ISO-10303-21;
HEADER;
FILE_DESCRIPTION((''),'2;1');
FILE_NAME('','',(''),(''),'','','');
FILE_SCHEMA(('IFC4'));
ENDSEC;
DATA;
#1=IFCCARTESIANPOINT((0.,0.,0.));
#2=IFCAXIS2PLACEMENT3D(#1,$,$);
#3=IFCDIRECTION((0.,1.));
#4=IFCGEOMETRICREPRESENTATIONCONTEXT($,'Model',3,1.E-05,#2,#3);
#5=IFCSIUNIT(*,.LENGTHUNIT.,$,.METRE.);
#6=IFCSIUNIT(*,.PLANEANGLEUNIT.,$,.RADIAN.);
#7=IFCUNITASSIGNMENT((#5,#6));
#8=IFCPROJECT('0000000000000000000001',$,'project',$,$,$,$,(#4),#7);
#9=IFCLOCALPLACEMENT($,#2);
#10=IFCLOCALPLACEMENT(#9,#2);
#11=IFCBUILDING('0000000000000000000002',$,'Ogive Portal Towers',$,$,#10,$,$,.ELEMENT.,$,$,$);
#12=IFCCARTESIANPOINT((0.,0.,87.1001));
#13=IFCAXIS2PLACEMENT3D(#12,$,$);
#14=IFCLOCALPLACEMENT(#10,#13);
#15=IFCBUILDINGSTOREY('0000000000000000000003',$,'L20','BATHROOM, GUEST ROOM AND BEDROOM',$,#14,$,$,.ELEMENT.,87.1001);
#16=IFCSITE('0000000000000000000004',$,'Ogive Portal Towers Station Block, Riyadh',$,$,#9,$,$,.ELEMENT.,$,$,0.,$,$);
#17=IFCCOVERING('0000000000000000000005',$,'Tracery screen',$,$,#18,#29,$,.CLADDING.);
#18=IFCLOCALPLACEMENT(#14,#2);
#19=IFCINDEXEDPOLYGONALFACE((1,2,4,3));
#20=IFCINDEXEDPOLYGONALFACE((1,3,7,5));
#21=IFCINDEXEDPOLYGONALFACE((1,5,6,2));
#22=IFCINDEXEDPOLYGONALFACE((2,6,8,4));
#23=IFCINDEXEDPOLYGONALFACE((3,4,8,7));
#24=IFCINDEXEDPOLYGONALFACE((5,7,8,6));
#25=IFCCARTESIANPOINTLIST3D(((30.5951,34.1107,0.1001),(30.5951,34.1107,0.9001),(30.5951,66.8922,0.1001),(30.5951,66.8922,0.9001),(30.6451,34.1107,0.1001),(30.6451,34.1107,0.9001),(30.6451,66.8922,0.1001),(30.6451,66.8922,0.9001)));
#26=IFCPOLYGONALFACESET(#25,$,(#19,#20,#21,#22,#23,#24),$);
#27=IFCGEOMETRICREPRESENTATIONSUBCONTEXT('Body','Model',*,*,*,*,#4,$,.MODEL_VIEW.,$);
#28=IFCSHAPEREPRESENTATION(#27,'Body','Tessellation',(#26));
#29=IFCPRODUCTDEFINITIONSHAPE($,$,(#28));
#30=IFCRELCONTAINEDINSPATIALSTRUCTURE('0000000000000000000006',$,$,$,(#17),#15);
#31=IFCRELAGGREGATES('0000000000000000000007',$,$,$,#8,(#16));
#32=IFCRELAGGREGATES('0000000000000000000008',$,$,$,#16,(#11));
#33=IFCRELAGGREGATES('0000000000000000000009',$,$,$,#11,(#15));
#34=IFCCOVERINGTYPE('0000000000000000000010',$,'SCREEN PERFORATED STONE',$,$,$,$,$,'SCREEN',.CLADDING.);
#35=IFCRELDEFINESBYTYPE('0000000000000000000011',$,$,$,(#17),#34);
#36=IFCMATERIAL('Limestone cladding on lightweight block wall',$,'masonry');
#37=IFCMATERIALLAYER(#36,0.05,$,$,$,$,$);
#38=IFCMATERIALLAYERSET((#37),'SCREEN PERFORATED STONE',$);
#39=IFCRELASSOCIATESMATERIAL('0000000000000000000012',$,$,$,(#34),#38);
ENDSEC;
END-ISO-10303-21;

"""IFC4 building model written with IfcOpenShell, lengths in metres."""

from ifc_helpers import new_model, si_unit, direction, frame, origin, origin_2d, place, context, subcontext, project, spatial, rectangle, extrude, material, layer, layer_set, type_object, element, save


model = new_model("IFC4")

# Units and contexts
model_context = context("Model", 3, precision=1e-05, world=origin(), true_north=direction((0.0, 1.0)))
body_context = subcontext(model_context, "Body", "Model", "MODEL_VIEW")
ifc_project = project(units=[si_unit("LENGTHUNIT", "METRE"), si_unit("PLANEANGLEUNIT", "RADIAN")], contexts=[model_context])

# Site, building, storey
site_placement = place(None, origin())
site = spatial("IfcSite", under=ifc_project, at=site_placement, Name="Ogive Portal Towers Station Block, Riyadh", CompositionType="ELEMENT", RefElevation=0.0)
building_placement = place(site_placement, origin())
building = spatial("IfcBuilding", under=site, at=building_placement, Name="Ogive Portal Towers", CompositionType="ELEMENT")
storey_placement = place(building_placement, frame((0.0, 0.0, 87.1001)))
storey = spatial("IfcBuildingStorey", under=building, at=storey_placement, Name="L20", Description="BATHROOM, GUEST ROOM AND BEDROOM", CompositionType="ELEMENT", Elevation=87.1001)

# Covering
ifc_material_1 = material(Name="Limestone cladding on lightweight block wall", Category="masonry")
ifc_layer_1 = layer(ifc_material_1, 0.05)
ifc_layer_set_1 = layer_set([ifc_layer_1], Name="SCREEN PERFORATED STONE")
covering_type_1 = type_object("IfcCoveringType", Name="SCREEN PERFORATED STONE", ElementType="SCREEN", PredefinedType="CLADDING", material=ifc_layer_set_1)
covering_1_placement = place(storey_placement, frame((30.6201, 50.5015, 0.1001), z_axis=(0.0, 0.0, 1.0), x_axis=(0.0, -1.0, 0.0)))
element("IfcCovering", 1, at=covering_1_placement, inside=storey, type_object=covering_type_1, Name="Tracery screen", PredefinedType="CLADDING", context=body_context, shape_type="SweptSolid", body=[
    extrude(rectangle(XDim=32.7815, YDim=0.05, at=origin_2d()), origin(), (0.0, 0.0, 1.0), 0.8),
])

save(model, "model.ifc")
